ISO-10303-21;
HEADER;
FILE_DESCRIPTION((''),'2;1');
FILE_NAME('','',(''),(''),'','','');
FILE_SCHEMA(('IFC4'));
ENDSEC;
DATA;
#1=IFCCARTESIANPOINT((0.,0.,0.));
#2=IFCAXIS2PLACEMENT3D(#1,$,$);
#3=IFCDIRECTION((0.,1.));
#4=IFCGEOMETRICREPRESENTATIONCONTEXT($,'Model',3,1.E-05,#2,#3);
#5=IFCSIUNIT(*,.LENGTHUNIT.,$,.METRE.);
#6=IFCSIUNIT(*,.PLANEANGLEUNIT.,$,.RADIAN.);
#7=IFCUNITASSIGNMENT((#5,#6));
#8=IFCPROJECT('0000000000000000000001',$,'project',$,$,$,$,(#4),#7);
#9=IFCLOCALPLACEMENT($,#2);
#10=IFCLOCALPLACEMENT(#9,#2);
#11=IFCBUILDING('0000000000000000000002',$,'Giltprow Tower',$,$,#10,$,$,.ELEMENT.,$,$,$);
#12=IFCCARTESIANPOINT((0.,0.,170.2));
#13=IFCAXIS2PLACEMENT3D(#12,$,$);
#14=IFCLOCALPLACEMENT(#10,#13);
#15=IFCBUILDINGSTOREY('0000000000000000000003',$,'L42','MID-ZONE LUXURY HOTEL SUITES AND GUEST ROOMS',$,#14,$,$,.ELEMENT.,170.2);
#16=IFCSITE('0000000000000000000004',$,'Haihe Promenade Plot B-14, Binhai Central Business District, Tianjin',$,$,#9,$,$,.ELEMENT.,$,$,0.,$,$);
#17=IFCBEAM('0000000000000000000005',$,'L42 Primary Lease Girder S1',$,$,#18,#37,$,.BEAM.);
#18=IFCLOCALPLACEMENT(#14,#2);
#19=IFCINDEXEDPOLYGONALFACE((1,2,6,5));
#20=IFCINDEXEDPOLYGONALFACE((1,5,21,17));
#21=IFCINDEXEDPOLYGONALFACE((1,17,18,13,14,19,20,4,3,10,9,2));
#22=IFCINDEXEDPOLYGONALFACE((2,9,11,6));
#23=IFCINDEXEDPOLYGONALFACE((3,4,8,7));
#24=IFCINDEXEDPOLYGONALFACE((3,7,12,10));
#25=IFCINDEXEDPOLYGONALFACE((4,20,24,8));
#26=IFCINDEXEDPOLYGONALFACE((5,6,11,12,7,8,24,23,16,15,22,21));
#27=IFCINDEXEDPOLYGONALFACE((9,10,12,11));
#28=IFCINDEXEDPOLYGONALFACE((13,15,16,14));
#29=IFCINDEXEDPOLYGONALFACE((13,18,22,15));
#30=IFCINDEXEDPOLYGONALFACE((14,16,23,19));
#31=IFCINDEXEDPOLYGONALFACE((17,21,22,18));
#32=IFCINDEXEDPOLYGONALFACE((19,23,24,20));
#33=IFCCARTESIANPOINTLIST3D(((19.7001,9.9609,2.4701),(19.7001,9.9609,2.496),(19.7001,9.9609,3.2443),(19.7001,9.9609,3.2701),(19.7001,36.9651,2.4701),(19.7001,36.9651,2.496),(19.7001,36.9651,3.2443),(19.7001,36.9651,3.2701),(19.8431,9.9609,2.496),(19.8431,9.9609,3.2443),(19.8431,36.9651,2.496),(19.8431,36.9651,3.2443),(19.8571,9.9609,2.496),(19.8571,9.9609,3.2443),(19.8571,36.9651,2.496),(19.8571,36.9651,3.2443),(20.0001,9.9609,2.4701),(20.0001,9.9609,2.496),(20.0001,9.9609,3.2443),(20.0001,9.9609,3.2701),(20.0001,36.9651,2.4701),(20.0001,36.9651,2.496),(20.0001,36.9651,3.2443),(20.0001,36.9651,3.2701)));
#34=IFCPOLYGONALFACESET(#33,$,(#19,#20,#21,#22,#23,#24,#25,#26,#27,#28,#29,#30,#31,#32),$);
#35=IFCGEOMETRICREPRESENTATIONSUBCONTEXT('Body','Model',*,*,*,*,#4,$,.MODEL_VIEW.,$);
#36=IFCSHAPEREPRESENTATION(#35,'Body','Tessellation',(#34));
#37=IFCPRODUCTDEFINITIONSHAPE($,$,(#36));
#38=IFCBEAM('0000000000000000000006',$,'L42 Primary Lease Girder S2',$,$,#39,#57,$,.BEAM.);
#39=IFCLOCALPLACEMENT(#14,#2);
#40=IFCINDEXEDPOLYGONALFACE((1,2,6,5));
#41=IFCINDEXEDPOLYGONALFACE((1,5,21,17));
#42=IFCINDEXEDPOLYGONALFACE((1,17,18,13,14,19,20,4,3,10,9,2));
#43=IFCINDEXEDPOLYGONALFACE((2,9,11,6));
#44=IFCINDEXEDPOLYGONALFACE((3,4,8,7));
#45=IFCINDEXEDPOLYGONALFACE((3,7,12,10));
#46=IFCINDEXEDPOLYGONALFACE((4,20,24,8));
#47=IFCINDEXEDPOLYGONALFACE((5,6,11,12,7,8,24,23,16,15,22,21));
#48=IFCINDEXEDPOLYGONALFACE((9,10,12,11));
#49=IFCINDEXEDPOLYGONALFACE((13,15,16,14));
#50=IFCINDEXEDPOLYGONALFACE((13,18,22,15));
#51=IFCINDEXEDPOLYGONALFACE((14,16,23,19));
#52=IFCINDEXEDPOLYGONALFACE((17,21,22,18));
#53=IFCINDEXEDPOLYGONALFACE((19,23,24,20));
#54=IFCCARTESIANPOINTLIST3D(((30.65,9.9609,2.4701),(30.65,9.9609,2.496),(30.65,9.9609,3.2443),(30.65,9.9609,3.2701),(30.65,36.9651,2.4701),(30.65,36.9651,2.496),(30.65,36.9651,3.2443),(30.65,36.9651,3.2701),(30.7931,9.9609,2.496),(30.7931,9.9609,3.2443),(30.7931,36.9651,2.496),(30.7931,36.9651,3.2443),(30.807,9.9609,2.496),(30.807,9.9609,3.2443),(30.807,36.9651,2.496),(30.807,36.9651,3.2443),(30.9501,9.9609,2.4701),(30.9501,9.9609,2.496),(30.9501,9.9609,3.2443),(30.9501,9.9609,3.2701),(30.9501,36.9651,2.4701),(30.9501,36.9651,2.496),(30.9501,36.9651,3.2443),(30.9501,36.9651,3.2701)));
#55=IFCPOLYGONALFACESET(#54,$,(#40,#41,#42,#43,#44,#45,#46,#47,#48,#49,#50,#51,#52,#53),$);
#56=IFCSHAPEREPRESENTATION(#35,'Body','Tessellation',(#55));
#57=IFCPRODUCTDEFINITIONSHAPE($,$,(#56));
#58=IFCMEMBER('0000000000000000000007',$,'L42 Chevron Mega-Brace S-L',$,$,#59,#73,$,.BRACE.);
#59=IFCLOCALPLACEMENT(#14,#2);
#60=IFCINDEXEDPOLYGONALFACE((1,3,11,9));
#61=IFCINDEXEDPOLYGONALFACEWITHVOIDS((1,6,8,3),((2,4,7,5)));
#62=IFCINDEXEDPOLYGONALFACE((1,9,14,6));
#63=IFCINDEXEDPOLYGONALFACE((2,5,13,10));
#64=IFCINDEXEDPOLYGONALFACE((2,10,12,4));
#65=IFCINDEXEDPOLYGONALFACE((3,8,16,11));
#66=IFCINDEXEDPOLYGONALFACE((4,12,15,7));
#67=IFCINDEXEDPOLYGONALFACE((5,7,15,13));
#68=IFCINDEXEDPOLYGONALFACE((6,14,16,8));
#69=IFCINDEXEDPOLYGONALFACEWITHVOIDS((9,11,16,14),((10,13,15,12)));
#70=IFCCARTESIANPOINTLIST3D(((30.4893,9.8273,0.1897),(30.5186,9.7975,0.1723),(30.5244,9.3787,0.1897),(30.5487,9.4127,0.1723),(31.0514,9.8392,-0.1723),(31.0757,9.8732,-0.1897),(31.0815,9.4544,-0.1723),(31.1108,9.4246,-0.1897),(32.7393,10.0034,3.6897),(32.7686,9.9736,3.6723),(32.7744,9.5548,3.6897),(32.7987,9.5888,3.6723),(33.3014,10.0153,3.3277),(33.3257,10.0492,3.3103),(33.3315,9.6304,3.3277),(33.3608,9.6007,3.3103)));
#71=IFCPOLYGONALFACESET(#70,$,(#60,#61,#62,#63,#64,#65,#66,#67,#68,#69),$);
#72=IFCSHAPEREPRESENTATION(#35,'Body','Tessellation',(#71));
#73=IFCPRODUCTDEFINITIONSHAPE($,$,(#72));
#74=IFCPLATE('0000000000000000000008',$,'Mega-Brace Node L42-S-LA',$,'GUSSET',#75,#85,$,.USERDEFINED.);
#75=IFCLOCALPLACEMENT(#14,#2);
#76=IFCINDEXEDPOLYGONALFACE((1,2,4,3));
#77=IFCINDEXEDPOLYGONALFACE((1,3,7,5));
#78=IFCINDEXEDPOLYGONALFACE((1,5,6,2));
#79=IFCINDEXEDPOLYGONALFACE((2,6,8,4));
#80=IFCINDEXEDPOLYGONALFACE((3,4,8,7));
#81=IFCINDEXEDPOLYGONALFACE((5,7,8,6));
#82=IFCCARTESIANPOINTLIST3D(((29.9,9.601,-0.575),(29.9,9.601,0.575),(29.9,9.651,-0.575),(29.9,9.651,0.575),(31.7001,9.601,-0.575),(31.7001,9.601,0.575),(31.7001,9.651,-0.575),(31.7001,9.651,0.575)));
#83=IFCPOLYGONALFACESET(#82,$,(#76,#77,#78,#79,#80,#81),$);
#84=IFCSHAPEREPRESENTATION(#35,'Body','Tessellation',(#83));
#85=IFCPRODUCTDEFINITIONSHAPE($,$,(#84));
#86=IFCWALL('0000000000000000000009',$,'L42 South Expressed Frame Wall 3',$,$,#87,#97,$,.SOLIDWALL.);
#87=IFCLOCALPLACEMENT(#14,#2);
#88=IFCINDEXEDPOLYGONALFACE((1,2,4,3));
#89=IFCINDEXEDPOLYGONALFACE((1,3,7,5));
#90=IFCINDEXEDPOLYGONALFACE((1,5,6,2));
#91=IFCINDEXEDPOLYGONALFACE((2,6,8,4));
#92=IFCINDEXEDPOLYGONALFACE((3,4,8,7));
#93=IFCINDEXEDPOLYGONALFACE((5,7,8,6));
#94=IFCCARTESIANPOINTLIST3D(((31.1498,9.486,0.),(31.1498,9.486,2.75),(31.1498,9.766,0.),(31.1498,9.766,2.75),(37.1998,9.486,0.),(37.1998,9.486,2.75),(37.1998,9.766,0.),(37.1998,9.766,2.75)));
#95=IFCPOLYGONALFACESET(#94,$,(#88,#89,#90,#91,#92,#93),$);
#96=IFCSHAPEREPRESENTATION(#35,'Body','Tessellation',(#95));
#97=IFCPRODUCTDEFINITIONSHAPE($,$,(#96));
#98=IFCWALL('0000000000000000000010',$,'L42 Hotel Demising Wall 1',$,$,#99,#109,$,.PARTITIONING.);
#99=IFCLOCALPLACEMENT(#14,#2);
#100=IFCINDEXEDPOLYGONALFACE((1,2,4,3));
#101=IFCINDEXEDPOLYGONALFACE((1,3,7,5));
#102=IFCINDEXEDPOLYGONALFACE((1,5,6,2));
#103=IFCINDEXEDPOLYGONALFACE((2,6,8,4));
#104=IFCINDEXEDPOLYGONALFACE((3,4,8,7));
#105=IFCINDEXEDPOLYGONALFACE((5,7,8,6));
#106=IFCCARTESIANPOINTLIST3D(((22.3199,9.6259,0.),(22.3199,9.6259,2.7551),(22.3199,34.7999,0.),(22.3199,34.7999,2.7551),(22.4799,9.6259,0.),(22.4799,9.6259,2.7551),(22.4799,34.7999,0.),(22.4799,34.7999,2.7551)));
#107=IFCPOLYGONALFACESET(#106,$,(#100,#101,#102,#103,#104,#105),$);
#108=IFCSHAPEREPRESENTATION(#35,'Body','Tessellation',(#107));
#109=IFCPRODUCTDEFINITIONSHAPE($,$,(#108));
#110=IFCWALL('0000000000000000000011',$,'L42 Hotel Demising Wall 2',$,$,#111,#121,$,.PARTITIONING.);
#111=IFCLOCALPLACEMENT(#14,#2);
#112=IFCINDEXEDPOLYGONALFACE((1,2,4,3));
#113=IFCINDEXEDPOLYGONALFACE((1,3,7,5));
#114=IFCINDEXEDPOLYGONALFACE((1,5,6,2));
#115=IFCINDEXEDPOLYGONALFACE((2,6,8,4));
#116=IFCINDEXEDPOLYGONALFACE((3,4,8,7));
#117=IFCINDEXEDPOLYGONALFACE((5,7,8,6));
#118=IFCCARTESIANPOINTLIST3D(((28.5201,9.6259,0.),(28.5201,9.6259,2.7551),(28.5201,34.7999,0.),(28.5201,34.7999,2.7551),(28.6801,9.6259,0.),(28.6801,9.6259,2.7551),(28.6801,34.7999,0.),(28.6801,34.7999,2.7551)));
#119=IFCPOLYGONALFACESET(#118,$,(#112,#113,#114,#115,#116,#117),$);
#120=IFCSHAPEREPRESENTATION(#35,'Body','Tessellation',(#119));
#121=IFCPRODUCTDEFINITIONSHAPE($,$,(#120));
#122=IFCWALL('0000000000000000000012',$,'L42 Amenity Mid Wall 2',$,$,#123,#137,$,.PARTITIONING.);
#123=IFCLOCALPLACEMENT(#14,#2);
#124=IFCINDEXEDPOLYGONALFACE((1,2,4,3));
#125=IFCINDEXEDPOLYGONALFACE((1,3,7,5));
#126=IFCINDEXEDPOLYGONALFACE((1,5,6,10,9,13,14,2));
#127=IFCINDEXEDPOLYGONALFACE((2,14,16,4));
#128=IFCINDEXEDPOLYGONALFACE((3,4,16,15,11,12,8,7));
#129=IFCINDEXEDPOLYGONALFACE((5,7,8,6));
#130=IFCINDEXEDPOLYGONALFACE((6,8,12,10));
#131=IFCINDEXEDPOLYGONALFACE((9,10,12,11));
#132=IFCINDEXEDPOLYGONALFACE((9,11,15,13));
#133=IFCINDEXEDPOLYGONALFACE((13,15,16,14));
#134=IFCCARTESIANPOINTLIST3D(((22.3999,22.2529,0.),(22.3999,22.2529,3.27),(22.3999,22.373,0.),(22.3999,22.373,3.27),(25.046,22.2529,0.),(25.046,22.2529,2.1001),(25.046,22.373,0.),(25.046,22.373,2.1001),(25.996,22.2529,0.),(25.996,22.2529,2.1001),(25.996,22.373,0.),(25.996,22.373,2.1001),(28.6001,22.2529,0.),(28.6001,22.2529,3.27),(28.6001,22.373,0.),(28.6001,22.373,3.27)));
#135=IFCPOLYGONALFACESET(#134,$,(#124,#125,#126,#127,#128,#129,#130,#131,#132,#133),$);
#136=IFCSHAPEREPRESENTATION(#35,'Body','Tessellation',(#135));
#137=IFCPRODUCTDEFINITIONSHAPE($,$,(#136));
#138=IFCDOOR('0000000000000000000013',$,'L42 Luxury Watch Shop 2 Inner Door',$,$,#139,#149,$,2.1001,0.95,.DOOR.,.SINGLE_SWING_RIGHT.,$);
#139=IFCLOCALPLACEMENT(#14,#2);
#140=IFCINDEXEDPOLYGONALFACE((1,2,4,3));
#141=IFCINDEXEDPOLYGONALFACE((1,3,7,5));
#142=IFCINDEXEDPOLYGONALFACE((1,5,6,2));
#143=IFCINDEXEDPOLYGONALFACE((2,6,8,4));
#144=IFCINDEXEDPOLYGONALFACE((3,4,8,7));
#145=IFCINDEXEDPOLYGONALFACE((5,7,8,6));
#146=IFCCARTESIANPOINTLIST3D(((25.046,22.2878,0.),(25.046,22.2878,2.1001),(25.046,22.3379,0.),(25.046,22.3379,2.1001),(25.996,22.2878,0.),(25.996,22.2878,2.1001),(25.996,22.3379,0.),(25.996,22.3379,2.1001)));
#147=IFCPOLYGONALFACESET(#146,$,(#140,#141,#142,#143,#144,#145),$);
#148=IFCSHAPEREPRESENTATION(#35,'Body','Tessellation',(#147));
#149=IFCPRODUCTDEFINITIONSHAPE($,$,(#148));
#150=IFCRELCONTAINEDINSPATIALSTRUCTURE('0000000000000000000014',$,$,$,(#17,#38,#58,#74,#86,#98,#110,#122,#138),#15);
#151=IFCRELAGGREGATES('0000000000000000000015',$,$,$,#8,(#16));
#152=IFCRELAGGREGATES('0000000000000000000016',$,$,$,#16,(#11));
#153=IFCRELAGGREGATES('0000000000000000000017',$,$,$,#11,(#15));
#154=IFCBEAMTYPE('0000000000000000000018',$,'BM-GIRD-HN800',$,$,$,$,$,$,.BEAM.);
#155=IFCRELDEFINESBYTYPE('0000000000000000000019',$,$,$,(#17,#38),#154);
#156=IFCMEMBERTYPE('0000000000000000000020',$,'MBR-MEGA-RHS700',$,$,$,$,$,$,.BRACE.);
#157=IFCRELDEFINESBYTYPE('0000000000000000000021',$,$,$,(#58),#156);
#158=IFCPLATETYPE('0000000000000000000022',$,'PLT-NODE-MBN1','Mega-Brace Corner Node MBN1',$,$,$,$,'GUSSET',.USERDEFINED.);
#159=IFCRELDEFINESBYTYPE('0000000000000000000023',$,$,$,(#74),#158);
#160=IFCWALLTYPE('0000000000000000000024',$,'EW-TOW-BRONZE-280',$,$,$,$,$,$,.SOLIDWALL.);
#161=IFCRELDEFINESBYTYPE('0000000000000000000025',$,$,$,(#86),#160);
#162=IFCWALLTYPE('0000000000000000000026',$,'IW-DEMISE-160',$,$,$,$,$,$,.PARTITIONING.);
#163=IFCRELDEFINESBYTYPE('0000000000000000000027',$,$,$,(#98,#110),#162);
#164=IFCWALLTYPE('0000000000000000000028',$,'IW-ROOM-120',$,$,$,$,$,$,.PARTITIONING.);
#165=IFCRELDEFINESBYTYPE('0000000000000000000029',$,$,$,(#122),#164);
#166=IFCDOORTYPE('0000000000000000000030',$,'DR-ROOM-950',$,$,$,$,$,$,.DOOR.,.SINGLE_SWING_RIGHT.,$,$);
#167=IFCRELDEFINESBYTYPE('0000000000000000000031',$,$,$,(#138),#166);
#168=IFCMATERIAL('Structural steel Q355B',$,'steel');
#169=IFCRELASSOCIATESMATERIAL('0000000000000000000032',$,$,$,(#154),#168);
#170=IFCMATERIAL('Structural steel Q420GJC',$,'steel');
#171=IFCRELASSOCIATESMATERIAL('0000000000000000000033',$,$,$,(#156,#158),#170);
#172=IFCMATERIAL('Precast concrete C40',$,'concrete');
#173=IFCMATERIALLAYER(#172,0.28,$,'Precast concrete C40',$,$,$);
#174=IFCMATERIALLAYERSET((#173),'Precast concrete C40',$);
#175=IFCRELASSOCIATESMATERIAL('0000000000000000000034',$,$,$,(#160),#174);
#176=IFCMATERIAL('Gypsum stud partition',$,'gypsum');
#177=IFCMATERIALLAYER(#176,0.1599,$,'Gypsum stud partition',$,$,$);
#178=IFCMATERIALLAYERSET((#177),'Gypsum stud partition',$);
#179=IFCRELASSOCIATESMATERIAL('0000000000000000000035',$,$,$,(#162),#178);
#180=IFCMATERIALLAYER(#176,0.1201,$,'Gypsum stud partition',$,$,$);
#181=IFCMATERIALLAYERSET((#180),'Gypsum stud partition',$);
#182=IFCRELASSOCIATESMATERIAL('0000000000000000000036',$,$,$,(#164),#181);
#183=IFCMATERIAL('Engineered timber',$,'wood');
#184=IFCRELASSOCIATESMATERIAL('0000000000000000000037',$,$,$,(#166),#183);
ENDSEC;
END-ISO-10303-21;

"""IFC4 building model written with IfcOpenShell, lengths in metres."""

from ifc_helpers import new_model, si_unit, direction, frame, frame_2d, origin, origin_2d, place, context, subcontext, project, spatial, rectangle, hollow_rectangle, i_section, extrude, source, transform, mapped, material, layer, layer_set, material_profile, profile_set, type_object, element, fill, save


model = new_model("IFC4")

# Units and contexts
model_context = context("Model", 3, precision=1e-05, world=origin(), true_north=direction((0.0, 1.0)))
body_context = subcontext(model_context, "Body", "Model", "MODEL_VIEW")
ifc_project = project(units=[si_unit("LENGTHUNIT", "METRE"), si_unit("PLANEANGLEUNIT", "RADIAN")], contexts=[model_context])

# Site, building, storey
site_placement = place(None, origin())
site = spatial("IfcSite", under=ifc_project, at=site_placement, Name="Haihe Promenade Plot B-14, Binhai Central Business District, Tianjin", CompositionType="ELEMENT", RefElevation=0.0)
building_placement = place(site_placement, origin())
building = spatial("IfcBuilding", under=site, at=building_placement, Name="Giltprow Tower", CompositionType="ELEMENT")
storey_placement = place(building_placement, frame((0.0, 0.0, 170.2)))
storey = spatial("IfcBuildingStorey", under=building, at=storey_placement, Name="L42", Description="MID-ZONE LUXURY HOTEL SUITES AND GUEST ROOMS", CompositionType="ELEMENT", Elevation=170.2)

# Shared definitions
ifc_material_1 = material(Name="Structural steel Q420GJC", Category="steel")

# Beams
ifc_material_2 = material(Name="Structural steel Q355B", Category="steel")
ifc_material_profile_1 = material_profile(ifc_material_2, i_section(OverallWidth=0.3, OverallDepth=0.8, WebThickness=0.0139, FlangeThickness=0.0259, at=origin_2d()), Name="HN 800x300x14x26")
ifc_profile_set_1 = profile_set([ifc_material_profile_1], Name="Structural steel Q355B")
beam_type_1 = type_object("IfcBeamType", Name="BM-GIRD-HN800", PredefinedType="BEAM", material=ifc_profile_set_1)
shared_shape_1 = source(origin(), body_context, "Body", "SweptSolid", [
    extrude(i_section(OverallWidth=0.3, OverallDepth=0.8, WebThickness=0.0139, FlangeThickness=0.0259, at=origin_2d()), origin(), (0.0, 0.0, 1.0), 27.0042),
])
for number, where, z_axis, x_axis, name in (
    (1, (19.8501, 9.9609, 2.8701), (0.0, 1.0, 0.0), (-1.0, 0.0, 0.0), "L42 Primary Lease Girder S1"),
    (2, (30.8, 9.9609, 2.8701), (0.0, 1.0, 0.0), (-1.0, 0.0, 0.0), "L42 Primary Lease Girder S2"),
):
    element("IfcBeam", number, at=place(storey_placement, frame(where, z_axis=z_axis, x_axis=x_axis)), inside=storey, type_object=beam_type_1, Name=name, PredefinedType="BEAM", context=body_context, shape_type="MappedRepresentation", body=[
        mapped(shared_shape_1, transform((0.0, 0.0, 0.0), x_axis=(1.0, 0.0, 0.0), y_axis=(0.0, 1.0, 0.0), z_axis=(0.0, 0.0, 1.0), scale=1.0)),
    ])

# Member
ifc_material_profile_2 = material_profile(ifc_material_1, hollow_rectangle(XDim=0.45, YDim=0.7, WallThickness=0.032, at=origin_2d()), Name="RHS 700x450x32")
ifc_profile_set_2 = profile_set([ifc_material_profile_2], Name="Structural steel Q420GJC")
member_type = type_object("IfcMemberType", Name="MBR-MEGA-RHS700", PredefinedType="BRACE", material=ifc_profile_set_2)
shared_shape_2 = source(origin(), body_context, "Body", "SweptSolid", [
    extrude(hollow_rectangle(XDim=0.45, YDim=0.7, WallThickness=0.032, at=origin_2d()), origin(), (0.0, 0.0, 1.0), 4.1646),
])
member_placement = place(storey_placement, frame((30.8, 9.626, 0.0), z_axis=(0.540274, 0.042268, 0.840427), x_axis=(-0.077995, 0.996954, 0.0)))
element("IfcMember", 3, at=member_placement, inside=storey, type_object=member_type, Name="L42 Chevron Mega-Brace S-L", PredefinedType="BRACE", context=body_context, shape_type="MappedRepresentation", body=[
    mapped(shared_shape_2, transform((0.0, 0.0, 0.0), x_axis=(1.0, 0.0, 0.0), y_axis=(0.0, 1.0, 0.0), z_axis=(0.0, 0.0, 1.0), scale=1.0)),
])

# Plate
plate_type = type_object("IfcPlateType", Name="PLT-NODE-MBN1", Description="Mega-Brace Corner Node MBN1", ElementType="GUSSET", PredefinedType="USERDEFINED", material=ifc_material_1)
shared_shape_3 = source(origin(), body_context, "Body", "SweptSolid", [
    extrude(rectangle(XDim=1.8, YDim=0.05, at=origin_2d()), origin(), (0.0, 0.0, 1.0), 1.1499),
])
plate_placement = place(storey_placement, frame((30.8, 9.626, -0.575), z_axis=(0.0, 0.0, 1.0), x_axis=(1.0, 0.0, 0.0)))
element("IfcPlate", 4, at=plate_placement, inside=storey, type_object=plate_type, Name="Mega-Brace Node L42-S-LA", ObjectType="GUSSET", PredefinedType="USERDEFINED", context=body_context, shape_type="MappedRepresentation", body=[
    mapped(shared_shape_3, transform((0.0, 0.0, 0.0), x_axis=(1.0, 0.0, 0.0), y_axis=(0.0, 1.0, 0.0), z_axis=(0.0, 0.0, 1.0), scale=1.0)),
])

# Walls
ifc_material_3 = material(Name="Precast concrete C40", Category="concrete")
ifc_layer_1 = layer(ifc_material_3, 0.28, Name="Precast concrete C40")
ifc_layer_set_1 = layer_set([ifc_layer_1], Name="Precast concrete C40")
wall_type_1 = type_object("IfcWallType", Name="EW-TOW-BRONZE-280", PredefinedType="SOLIDWALL", material=ifc_layer_set_1)
wall_1_placement = place(storey_placement, frame((31.1499, 9.626, 0.0), z_axis=(0.0, 0.0, 1.0), x_axis=(1.0, 0.0, 0.0)))
element("IfcWall", 5, at=wall_1_placement, inside=storey, type_object=wall_type_1, Name="L42 South Expressed Frame Wall 3", PredefinedType="SOLIDWALL", context=body_context, shape_type="SweptSolid", body=[
    extrude(rectangle(XDim=6.05, YDim=0.28, at=frame_2d((3.0249, 0.0))), origin(), (0.0, 0.0, 1.0), 2.75),
])
ifc_material_4 = material(Name="Gypsum stud partition", Category="gypsum")
ifc_layer_2 = layer(ifc_material_4, 0.1599, Name="Gypsum stud partition")
ifc_layer_set_2 = layer_set([ifc_layer_2], Name="Gypsum stud partition")
wall_type_2 = type_object("IfcWallType", Name="IW-DEMISE-160", PredefinedType="PARTITIONING", material=ifc_layer_set_2)
for number, where, z_axis, x_axis, name in (
    (6, (22.3999, 9.626, 0.0), (0.0, 0.0, 1.0), (0.0, 1.0, 0.0), "L42 Hotel Demising Wall 1"),
    (7, (28.6001, 9.626, 0.0), (0.0, 0.0, 1.0), (0.0, 1.0, 0.0), "L42 Hotel Demising Wall 2"),
):
    element("IfcWall", number, at=place(storey_placement, frame(where, z_axis=z_axis, x_axis=x_axis)), inside=storey, type_object=wall_type_2, Name=name, PredefinedType="PARTITIONING", context=body_context, shape_type="SweptSolid", body=[
        extrude(rectangle(XDim=25.1741, YDim=0.1599, at=frame_2d((12.5869, 0.0))), origin(), (0.0, 0.0, 1.0), 2.7551),
    ])

# Wall, opening, door
ifc_layer_3 = layer(ifc_material_4, 0.1201, Name="Gypsum stud partition")
ifc_layer_set_3 = layer_set([ifc_layer_3], Name="Gypsum stud partition")
wall_type_3 = type_object("IfcWallType", Name="IW-ROOM-120", PredefinedType="PARTITIONING", material=ifc_layer_set_3)
wall_2_placement = place(storey_placement, frame((22.3999, 22.313, 0.0), z_axis=(0.0, 0.0, 1.0), x_axis=(1.0, 0.0, 0.0)))
wall_2 = element("IfcWall", 8, at=wall_2_placement, inside=storey, type_object=wall_type_3, Name="L42 Amenity Mid Wall 2", PredefinedType="PARTITIONING", context=body_context, shape_type="SweptSolid", body=[
    extrude(rectangle(XDim=6.2002, YDim=0.1201, at=frame_2d((3.1001, 0.0))), origin(), (0.0, 0.0, 1.0), 3.27),
])
opening_1_placement = place(wall_2_placement, frame((2.646, 0.0, 0.0)))
opening_1 = element("IfcOpeningElement", 9, at=opening_1_placement, cuts=wall_2, PredefinedType="OPENING", context=body_context, shape_type="SweptSolid", body=[
    extrude(rectangle(XDim=0.95, YDim=2.1001, at=frame_2d((0.4751, 1.05))), frame((0.0, 0.0701, 0.0), z_axis=(0.0, -1.0, 0.0), x_axis=(1.0, 0.0, 0.0)), (0.0, 0.0, 1.0), 0.1401),
])
ifc_material_5 = material(Name="Engineered timber", Category="wood")
door_type = type_object("IfcDoorType", Name="DR-ROOM-950", OperationType="SINGLE_SWING_RIGHT", PredefinedType="DOOR", material=ifc_material_5)
shared_shape_4 = source(origin(), body_context, "Body", "SweptSolid", [
    extrude(rectangle(XDim=0.95, YDim=2.1001, at=frame_2d((0.4751, 1.05))), frame((0.0, 0.0249, 0.0), z_axis=(0.0, -1.0, 0.0), x_axis=(1.0, 0.0, 0.0)), (0.0, 0.0, 1.0), 0.05),
])
door_1_placement = place(opening_1_placement, origin())
door_1 = element("IfcDoor", 10, at=door_1_placement, inside=storey, type_object=door_type, Name="L42 Luxury Watch Shop 2 Inner Door", OperationType="SINGLE_SWING_RIGHT", OverallHeight=2.1001, OverallWidth=0.95, PredefinedType="DOOR", context=body_context, shape_type="MappedRepresentation", body=[
    mapped(shared_shape_4, transform((0.0, 0.0, 0.0), x_axis=(1.0, 0.0, 0.0), y_axis=(0.0, 1.0, 0.0), z_axis=(0.0, 0.0, 1.0), scale=1.0)),
])
fill(opening_1, door_1)

save(model, "model.ifc")
